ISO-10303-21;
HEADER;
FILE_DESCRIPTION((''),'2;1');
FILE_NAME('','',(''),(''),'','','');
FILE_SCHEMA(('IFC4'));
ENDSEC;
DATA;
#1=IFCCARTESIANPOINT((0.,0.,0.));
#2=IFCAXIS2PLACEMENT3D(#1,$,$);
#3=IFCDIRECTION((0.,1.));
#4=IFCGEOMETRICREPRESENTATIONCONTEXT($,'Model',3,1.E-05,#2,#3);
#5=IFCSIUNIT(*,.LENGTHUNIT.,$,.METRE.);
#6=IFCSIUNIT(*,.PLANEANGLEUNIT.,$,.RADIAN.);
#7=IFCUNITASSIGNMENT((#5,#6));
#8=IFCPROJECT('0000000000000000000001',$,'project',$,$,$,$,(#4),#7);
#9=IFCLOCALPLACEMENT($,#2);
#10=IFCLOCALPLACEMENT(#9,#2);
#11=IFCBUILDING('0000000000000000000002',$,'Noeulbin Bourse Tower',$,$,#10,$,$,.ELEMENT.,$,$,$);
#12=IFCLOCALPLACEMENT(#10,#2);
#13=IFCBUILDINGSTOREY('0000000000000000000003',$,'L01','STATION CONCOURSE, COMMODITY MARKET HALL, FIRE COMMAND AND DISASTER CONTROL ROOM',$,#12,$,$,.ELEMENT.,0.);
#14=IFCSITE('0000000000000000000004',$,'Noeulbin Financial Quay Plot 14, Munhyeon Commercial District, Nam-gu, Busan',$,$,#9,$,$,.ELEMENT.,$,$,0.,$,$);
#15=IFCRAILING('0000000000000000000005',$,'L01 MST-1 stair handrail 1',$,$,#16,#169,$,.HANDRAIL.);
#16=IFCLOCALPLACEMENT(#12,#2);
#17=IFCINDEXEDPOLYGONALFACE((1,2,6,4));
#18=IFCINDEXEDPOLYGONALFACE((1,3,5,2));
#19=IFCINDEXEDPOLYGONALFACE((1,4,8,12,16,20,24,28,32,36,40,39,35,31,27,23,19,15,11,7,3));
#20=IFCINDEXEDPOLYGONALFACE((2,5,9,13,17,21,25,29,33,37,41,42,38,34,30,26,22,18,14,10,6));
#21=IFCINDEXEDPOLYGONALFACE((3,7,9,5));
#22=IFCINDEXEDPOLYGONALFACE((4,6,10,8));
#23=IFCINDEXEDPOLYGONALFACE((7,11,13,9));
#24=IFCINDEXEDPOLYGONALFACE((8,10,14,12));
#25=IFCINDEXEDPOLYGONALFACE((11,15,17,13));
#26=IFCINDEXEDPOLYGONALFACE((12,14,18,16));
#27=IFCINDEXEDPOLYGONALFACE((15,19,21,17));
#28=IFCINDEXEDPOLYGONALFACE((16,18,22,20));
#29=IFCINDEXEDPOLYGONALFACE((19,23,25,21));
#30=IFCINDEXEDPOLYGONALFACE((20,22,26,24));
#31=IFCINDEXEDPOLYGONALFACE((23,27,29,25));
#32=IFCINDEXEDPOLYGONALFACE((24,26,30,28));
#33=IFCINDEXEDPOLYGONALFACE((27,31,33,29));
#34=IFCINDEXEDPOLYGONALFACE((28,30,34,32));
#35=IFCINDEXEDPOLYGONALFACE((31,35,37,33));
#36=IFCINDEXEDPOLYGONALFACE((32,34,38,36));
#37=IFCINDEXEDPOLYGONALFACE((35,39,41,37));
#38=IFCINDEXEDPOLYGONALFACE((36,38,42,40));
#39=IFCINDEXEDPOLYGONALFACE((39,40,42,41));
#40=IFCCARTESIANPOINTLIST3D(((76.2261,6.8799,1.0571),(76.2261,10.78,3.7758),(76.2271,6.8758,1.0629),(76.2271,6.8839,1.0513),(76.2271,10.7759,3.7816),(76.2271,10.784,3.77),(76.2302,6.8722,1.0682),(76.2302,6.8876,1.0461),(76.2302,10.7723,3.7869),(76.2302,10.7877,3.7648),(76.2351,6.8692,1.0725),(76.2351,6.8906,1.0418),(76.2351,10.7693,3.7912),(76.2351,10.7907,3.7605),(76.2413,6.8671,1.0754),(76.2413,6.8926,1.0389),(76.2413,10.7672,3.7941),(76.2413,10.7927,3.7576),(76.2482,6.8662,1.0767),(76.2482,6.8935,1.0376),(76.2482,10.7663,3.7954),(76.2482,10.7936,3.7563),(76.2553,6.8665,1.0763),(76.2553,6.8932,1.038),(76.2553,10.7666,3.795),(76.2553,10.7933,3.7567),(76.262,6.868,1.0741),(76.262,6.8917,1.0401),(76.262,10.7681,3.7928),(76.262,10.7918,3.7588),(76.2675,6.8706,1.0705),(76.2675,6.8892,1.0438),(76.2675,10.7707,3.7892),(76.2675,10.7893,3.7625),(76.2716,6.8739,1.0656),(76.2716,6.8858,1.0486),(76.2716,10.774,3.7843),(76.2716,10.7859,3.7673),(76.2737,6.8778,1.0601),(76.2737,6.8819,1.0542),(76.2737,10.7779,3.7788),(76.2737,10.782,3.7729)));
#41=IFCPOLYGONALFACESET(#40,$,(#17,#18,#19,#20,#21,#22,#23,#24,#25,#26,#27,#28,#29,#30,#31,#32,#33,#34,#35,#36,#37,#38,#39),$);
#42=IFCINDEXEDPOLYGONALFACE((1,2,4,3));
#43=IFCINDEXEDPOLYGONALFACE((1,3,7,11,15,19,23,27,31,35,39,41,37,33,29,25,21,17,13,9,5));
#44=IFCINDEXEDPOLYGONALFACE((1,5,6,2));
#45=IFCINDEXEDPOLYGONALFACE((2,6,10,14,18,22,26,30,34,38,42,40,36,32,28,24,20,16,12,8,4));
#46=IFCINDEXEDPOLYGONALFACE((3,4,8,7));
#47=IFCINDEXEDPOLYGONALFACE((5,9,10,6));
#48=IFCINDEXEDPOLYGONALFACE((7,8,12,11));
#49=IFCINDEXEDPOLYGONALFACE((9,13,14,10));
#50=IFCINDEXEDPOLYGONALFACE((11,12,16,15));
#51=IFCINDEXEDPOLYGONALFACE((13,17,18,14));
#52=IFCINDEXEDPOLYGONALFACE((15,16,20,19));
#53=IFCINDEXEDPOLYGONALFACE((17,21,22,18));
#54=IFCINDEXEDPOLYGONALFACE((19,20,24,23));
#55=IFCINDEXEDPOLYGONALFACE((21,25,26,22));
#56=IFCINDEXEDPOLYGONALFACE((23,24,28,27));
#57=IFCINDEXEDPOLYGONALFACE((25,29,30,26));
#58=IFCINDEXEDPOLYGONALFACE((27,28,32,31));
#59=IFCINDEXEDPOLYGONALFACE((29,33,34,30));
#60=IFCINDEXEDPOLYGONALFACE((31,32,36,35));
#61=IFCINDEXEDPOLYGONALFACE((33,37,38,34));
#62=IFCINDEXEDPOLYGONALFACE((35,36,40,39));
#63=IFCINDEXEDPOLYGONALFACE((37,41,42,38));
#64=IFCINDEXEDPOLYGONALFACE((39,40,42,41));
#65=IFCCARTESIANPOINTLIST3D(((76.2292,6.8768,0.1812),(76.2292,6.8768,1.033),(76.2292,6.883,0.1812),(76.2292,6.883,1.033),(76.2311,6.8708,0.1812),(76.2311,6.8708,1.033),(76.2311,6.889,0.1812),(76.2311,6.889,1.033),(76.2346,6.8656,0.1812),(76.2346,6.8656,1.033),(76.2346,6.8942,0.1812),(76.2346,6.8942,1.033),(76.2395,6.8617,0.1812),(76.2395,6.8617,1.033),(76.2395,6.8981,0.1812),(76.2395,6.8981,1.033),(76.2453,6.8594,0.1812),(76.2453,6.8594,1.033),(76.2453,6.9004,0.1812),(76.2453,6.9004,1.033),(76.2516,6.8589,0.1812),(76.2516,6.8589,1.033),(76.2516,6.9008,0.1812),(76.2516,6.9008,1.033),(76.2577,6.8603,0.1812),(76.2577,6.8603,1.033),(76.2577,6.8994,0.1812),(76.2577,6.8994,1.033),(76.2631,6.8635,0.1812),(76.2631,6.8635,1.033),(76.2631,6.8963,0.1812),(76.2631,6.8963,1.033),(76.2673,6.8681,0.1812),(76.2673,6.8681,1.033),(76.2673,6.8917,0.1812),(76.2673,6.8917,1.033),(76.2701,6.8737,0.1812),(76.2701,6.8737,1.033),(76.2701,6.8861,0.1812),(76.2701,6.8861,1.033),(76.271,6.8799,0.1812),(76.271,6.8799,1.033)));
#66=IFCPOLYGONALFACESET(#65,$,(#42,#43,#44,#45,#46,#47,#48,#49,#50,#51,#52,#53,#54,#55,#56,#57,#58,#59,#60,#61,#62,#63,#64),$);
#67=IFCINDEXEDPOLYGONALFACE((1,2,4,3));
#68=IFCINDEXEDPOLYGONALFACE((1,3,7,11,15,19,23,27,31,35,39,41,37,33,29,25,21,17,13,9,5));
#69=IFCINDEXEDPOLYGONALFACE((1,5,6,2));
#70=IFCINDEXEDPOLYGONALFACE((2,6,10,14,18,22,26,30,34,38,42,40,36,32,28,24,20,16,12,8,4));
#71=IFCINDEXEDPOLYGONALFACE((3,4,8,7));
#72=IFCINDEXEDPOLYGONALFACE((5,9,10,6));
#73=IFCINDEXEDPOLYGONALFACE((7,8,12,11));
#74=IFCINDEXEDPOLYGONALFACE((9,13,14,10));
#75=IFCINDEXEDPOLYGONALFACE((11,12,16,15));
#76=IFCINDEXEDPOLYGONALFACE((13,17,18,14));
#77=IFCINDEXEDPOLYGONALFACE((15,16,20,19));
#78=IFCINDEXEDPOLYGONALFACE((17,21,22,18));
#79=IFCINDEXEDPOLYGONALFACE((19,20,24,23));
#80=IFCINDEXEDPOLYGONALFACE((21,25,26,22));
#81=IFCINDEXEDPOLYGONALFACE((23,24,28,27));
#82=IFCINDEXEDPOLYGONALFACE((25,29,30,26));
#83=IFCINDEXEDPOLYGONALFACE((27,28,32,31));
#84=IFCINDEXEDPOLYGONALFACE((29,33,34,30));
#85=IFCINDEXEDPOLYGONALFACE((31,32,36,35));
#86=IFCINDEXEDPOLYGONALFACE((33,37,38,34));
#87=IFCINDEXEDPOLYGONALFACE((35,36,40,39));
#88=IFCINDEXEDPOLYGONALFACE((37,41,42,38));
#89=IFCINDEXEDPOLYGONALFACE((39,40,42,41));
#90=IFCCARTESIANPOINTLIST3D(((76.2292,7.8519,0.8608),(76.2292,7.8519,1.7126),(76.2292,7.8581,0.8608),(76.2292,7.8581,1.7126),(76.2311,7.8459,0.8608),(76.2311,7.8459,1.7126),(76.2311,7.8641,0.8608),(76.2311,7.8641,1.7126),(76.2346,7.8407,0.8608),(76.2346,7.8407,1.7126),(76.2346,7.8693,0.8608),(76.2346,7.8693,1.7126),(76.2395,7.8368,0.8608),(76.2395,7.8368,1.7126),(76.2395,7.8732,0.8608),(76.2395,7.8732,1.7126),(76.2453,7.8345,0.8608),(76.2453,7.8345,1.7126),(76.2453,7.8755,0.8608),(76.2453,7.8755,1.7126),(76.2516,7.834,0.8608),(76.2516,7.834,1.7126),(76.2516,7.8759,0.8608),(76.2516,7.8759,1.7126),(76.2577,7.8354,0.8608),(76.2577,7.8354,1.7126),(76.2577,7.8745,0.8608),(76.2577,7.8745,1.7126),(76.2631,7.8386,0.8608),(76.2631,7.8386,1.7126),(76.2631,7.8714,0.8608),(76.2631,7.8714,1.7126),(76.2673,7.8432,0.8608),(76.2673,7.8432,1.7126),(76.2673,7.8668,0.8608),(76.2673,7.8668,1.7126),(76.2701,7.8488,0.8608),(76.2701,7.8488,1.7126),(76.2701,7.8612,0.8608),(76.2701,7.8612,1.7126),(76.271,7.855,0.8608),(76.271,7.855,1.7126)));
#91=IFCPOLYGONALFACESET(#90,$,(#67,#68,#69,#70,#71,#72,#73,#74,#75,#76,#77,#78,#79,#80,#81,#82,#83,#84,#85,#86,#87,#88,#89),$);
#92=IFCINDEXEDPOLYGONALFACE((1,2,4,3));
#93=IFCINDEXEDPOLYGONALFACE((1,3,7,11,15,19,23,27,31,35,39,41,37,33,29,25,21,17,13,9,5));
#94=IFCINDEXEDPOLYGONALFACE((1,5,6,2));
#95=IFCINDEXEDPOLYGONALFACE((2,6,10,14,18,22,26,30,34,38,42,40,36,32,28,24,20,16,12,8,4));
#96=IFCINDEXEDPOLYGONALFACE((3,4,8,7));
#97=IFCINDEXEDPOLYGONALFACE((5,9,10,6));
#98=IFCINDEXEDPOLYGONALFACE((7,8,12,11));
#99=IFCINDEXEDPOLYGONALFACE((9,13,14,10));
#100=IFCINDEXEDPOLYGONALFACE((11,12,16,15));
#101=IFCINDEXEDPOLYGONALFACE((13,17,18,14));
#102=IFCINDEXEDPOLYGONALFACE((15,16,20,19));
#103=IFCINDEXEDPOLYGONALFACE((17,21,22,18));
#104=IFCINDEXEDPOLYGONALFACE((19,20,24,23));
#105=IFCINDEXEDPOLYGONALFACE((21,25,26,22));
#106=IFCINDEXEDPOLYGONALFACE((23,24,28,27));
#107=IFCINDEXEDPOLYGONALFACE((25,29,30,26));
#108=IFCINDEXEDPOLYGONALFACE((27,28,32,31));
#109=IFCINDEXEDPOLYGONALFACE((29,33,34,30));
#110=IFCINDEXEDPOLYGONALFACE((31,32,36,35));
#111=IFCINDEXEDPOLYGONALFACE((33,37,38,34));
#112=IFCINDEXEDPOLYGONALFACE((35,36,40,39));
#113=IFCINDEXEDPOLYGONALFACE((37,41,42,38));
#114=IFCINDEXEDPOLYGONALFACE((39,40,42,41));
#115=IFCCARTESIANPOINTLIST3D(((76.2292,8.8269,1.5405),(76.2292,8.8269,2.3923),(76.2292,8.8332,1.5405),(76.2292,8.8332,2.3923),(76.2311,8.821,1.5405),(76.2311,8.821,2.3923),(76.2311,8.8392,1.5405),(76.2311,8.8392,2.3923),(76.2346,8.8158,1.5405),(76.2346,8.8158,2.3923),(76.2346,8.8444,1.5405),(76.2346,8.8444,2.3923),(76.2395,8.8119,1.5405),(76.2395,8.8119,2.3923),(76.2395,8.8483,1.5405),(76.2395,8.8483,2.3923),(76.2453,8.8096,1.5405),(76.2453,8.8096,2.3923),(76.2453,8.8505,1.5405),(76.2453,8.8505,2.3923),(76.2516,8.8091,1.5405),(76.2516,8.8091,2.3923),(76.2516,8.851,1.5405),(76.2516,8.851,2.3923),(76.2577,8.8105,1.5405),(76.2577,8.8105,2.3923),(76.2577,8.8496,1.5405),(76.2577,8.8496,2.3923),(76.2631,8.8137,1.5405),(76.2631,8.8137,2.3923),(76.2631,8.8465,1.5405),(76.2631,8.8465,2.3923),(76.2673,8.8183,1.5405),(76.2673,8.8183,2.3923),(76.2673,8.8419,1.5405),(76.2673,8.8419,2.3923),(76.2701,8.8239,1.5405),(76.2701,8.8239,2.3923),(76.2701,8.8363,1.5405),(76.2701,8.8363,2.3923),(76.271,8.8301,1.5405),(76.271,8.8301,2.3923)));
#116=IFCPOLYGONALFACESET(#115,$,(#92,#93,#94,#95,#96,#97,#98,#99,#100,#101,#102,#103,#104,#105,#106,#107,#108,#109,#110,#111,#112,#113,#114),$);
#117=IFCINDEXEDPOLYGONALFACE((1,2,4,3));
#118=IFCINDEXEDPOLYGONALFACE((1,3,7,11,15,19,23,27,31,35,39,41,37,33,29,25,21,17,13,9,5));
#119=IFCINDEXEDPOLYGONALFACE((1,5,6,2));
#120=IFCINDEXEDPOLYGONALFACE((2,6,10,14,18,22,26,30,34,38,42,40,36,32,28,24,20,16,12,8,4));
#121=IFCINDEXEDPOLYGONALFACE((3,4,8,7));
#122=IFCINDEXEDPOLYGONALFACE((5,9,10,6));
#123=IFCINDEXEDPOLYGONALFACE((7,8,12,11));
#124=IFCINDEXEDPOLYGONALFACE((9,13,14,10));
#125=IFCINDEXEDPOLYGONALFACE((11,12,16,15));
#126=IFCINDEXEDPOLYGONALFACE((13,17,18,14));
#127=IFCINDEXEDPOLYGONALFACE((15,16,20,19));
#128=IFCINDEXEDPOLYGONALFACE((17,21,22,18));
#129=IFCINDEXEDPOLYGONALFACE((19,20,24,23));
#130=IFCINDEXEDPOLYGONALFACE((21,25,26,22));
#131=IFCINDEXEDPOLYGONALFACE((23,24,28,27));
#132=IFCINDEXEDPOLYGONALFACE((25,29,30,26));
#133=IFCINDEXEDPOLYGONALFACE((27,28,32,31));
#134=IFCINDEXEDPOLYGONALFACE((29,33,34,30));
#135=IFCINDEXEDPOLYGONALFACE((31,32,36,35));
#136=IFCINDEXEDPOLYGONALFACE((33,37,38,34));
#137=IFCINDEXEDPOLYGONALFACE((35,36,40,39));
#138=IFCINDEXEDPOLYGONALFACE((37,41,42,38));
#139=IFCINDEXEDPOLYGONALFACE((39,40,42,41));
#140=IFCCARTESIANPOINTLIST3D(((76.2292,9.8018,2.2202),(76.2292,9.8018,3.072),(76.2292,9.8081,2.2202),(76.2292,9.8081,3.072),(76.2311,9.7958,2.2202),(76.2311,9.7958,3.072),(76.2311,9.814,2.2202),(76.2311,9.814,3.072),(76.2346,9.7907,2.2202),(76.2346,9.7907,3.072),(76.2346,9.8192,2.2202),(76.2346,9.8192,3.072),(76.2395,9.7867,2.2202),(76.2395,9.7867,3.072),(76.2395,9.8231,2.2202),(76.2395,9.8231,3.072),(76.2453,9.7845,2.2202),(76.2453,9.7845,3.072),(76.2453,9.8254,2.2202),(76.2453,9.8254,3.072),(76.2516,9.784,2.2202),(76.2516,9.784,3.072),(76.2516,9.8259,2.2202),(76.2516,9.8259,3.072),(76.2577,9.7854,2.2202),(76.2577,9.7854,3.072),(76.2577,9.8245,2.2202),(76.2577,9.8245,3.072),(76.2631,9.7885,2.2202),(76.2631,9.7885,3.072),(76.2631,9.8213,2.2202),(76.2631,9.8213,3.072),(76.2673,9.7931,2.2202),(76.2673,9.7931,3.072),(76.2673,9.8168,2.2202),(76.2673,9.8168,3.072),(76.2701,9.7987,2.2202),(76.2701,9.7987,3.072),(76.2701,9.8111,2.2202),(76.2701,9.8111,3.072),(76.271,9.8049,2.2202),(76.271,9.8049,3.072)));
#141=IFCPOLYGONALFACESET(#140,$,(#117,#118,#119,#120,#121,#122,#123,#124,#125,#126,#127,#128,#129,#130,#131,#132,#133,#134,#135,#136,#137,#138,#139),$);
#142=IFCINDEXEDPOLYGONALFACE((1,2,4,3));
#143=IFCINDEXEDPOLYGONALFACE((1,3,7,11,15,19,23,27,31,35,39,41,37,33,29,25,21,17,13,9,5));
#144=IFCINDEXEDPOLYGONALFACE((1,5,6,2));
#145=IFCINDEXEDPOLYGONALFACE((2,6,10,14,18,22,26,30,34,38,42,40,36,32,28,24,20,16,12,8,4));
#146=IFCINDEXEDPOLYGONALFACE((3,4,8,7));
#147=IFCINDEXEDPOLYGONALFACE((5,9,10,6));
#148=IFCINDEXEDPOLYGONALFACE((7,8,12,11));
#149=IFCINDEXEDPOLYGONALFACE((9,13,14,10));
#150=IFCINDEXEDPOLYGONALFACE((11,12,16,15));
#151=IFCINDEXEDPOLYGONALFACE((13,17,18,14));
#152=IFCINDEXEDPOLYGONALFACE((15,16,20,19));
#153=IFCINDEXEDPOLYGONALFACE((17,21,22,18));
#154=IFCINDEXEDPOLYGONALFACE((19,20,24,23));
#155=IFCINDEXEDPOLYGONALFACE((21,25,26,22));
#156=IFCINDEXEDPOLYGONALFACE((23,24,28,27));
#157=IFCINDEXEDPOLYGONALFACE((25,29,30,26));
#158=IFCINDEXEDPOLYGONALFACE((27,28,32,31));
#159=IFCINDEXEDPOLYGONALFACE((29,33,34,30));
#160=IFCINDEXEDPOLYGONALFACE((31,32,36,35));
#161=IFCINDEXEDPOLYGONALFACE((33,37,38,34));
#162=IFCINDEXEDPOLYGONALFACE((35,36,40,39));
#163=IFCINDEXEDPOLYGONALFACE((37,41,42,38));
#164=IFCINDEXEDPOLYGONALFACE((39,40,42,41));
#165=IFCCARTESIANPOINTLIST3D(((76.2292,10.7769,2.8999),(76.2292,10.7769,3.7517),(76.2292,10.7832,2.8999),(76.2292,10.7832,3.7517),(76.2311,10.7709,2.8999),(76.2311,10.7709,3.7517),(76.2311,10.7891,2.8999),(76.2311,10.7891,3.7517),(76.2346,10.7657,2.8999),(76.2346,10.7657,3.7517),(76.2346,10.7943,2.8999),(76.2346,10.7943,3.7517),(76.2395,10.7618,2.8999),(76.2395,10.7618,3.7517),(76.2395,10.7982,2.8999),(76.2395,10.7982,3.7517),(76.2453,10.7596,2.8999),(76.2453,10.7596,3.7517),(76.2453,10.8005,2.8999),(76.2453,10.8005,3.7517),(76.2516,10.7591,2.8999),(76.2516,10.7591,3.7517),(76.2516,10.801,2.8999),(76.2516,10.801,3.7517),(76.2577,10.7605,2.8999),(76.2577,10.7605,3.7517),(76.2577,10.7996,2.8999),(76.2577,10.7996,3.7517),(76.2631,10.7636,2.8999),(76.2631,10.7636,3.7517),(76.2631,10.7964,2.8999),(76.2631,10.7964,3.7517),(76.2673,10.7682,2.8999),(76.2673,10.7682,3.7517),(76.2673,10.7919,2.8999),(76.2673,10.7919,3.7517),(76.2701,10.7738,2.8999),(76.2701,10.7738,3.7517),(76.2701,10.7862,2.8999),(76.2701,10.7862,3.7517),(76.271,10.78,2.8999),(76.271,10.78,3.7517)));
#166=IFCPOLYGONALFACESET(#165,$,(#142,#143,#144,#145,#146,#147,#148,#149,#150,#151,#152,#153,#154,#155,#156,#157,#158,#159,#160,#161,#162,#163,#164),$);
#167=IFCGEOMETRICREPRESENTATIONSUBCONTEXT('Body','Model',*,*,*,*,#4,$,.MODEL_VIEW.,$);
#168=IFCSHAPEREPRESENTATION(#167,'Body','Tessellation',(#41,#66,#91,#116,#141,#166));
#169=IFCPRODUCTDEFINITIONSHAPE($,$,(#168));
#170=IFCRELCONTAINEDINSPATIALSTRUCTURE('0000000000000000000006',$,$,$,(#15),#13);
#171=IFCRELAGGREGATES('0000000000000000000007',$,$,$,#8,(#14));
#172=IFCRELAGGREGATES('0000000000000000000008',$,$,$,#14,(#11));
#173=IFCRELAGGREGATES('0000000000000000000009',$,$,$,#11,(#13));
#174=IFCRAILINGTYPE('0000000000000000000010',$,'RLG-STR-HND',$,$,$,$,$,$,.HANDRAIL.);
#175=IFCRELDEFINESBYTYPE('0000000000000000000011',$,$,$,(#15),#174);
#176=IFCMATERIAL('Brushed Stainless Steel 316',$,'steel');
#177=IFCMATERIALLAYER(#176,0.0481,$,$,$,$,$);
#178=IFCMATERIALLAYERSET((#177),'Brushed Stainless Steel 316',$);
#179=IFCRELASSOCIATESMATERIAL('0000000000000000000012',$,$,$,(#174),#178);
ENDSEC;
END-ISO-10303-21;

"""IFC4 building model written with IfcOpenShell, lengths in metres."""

from ifc_helpers import new_model, si_unit, direction, frame, origin, origin_2d, place, context, subcontext, project, spatial, circle, extrude, material, layer, layer_set, type_object, element, save


model = new_model("IFC4")

# Units and contexts
model_context = context("Model", 3, precision=1e-05, world=origin(), true_north=direction((0.0, 1.0)))
body_context = subcontext(model_context, "Body", "Model", "MODEL_VIEW")
ifc_project = project(units=[si_unit("LENGTHUNIT", "METRE"), si_unit("PLANEANGLEUNIT", "RADIAN")], contexts=[model_context])

# Site, building, storey
site_placement = place(None, origin())
site = spatial("IfcSite", under=ifc_project, at=site_placement, Name="Noeulbin Financial Quay Plot 14, Munhyeon Commercial District, Nam-gu, Busan", CompositionType="ELEMENT", RefElevation=0.0)
building_placement = place(site_placement, origin())
building = spatial("IfcBuilding", under=site, at=building_placement, Name="Noeulbin Bourse Tower", CompositionType="ELEMENT")
storey_placement = place(building_placement, origin())
storey = spatial("IfcBuildingStorey", under=building, at=storey_placement, Name="L01", Description="STATION CONCOURSE, COMMODITY MARKET HALL, FIRE COMMAND AND DISASTER CONTROL ROOM", CompositionType="ELEMENT", Elevation=0.0)

# Railing
ifc_material_1 = material(Name="Brushed Stainless Steel 316", Category="steel")
ifc_layer_1 = layer(ifc_material_1, 0.0481)
ifc_layer_set_1 = layer_set([ifc_layer_1], Name="Brushed Stainless Steel 316")
railing_type_1 = type_object("IfcRailingType", Name="RLG-STR-HND", PredefinedType="HANDRAIL", material=ifc_layer_set_1)
railing_1_placement = place(storey_placement, frame((76.25, 6.8799, 0.1812)))
element("IfcRailing", 1, at=railing_1_placement, inside=storey, type_object=railing_type_1, Name="L01 MST-1 stair handrail 1", PredefinedType="HANDRAIL", context=body_context, shape_type="SweptSolid", body=[
    extrude(circle(Radius=0.0239, at=origin_2d()), frame((0.0, 0.0, 0.876), z_axis=(0.0, 0.820352, 0.571859), x_axis=(-1.0, 0.0, 0.0)), (0.0, 0.0, 1.0), 4.7542),
    extrude(circle(Radius=0.021, at=origin_2d()), origin(), (0.0, 0.0, 1.0), 0.8518),
    extrude(circle(Radius=0.021, at=origin_2d()), frame((0.0, 0.9751, 0.6797)), (0.0, 0.0, 1.0), 0.8518),
    extrude(circle(Radius=0.021, at=origin_2d()), frame((0.0, 1.9502, 1.3594)), (0.0, 0.0, 1.0), 0.8518),
    extrude(circle(Radius=0.021, at=origin_2d()), frame((0.0, 2.925, 2.0391)), (0.0, 0.0, 1.0), 0.8518),
    extrude(circle(Radius=0.021, at=origin_2d()), frame((0.0, 3.9001, 2.7188)), (0.0, 0.0, 1.0), 0.8518),
])

save(model, "model.ifc")
